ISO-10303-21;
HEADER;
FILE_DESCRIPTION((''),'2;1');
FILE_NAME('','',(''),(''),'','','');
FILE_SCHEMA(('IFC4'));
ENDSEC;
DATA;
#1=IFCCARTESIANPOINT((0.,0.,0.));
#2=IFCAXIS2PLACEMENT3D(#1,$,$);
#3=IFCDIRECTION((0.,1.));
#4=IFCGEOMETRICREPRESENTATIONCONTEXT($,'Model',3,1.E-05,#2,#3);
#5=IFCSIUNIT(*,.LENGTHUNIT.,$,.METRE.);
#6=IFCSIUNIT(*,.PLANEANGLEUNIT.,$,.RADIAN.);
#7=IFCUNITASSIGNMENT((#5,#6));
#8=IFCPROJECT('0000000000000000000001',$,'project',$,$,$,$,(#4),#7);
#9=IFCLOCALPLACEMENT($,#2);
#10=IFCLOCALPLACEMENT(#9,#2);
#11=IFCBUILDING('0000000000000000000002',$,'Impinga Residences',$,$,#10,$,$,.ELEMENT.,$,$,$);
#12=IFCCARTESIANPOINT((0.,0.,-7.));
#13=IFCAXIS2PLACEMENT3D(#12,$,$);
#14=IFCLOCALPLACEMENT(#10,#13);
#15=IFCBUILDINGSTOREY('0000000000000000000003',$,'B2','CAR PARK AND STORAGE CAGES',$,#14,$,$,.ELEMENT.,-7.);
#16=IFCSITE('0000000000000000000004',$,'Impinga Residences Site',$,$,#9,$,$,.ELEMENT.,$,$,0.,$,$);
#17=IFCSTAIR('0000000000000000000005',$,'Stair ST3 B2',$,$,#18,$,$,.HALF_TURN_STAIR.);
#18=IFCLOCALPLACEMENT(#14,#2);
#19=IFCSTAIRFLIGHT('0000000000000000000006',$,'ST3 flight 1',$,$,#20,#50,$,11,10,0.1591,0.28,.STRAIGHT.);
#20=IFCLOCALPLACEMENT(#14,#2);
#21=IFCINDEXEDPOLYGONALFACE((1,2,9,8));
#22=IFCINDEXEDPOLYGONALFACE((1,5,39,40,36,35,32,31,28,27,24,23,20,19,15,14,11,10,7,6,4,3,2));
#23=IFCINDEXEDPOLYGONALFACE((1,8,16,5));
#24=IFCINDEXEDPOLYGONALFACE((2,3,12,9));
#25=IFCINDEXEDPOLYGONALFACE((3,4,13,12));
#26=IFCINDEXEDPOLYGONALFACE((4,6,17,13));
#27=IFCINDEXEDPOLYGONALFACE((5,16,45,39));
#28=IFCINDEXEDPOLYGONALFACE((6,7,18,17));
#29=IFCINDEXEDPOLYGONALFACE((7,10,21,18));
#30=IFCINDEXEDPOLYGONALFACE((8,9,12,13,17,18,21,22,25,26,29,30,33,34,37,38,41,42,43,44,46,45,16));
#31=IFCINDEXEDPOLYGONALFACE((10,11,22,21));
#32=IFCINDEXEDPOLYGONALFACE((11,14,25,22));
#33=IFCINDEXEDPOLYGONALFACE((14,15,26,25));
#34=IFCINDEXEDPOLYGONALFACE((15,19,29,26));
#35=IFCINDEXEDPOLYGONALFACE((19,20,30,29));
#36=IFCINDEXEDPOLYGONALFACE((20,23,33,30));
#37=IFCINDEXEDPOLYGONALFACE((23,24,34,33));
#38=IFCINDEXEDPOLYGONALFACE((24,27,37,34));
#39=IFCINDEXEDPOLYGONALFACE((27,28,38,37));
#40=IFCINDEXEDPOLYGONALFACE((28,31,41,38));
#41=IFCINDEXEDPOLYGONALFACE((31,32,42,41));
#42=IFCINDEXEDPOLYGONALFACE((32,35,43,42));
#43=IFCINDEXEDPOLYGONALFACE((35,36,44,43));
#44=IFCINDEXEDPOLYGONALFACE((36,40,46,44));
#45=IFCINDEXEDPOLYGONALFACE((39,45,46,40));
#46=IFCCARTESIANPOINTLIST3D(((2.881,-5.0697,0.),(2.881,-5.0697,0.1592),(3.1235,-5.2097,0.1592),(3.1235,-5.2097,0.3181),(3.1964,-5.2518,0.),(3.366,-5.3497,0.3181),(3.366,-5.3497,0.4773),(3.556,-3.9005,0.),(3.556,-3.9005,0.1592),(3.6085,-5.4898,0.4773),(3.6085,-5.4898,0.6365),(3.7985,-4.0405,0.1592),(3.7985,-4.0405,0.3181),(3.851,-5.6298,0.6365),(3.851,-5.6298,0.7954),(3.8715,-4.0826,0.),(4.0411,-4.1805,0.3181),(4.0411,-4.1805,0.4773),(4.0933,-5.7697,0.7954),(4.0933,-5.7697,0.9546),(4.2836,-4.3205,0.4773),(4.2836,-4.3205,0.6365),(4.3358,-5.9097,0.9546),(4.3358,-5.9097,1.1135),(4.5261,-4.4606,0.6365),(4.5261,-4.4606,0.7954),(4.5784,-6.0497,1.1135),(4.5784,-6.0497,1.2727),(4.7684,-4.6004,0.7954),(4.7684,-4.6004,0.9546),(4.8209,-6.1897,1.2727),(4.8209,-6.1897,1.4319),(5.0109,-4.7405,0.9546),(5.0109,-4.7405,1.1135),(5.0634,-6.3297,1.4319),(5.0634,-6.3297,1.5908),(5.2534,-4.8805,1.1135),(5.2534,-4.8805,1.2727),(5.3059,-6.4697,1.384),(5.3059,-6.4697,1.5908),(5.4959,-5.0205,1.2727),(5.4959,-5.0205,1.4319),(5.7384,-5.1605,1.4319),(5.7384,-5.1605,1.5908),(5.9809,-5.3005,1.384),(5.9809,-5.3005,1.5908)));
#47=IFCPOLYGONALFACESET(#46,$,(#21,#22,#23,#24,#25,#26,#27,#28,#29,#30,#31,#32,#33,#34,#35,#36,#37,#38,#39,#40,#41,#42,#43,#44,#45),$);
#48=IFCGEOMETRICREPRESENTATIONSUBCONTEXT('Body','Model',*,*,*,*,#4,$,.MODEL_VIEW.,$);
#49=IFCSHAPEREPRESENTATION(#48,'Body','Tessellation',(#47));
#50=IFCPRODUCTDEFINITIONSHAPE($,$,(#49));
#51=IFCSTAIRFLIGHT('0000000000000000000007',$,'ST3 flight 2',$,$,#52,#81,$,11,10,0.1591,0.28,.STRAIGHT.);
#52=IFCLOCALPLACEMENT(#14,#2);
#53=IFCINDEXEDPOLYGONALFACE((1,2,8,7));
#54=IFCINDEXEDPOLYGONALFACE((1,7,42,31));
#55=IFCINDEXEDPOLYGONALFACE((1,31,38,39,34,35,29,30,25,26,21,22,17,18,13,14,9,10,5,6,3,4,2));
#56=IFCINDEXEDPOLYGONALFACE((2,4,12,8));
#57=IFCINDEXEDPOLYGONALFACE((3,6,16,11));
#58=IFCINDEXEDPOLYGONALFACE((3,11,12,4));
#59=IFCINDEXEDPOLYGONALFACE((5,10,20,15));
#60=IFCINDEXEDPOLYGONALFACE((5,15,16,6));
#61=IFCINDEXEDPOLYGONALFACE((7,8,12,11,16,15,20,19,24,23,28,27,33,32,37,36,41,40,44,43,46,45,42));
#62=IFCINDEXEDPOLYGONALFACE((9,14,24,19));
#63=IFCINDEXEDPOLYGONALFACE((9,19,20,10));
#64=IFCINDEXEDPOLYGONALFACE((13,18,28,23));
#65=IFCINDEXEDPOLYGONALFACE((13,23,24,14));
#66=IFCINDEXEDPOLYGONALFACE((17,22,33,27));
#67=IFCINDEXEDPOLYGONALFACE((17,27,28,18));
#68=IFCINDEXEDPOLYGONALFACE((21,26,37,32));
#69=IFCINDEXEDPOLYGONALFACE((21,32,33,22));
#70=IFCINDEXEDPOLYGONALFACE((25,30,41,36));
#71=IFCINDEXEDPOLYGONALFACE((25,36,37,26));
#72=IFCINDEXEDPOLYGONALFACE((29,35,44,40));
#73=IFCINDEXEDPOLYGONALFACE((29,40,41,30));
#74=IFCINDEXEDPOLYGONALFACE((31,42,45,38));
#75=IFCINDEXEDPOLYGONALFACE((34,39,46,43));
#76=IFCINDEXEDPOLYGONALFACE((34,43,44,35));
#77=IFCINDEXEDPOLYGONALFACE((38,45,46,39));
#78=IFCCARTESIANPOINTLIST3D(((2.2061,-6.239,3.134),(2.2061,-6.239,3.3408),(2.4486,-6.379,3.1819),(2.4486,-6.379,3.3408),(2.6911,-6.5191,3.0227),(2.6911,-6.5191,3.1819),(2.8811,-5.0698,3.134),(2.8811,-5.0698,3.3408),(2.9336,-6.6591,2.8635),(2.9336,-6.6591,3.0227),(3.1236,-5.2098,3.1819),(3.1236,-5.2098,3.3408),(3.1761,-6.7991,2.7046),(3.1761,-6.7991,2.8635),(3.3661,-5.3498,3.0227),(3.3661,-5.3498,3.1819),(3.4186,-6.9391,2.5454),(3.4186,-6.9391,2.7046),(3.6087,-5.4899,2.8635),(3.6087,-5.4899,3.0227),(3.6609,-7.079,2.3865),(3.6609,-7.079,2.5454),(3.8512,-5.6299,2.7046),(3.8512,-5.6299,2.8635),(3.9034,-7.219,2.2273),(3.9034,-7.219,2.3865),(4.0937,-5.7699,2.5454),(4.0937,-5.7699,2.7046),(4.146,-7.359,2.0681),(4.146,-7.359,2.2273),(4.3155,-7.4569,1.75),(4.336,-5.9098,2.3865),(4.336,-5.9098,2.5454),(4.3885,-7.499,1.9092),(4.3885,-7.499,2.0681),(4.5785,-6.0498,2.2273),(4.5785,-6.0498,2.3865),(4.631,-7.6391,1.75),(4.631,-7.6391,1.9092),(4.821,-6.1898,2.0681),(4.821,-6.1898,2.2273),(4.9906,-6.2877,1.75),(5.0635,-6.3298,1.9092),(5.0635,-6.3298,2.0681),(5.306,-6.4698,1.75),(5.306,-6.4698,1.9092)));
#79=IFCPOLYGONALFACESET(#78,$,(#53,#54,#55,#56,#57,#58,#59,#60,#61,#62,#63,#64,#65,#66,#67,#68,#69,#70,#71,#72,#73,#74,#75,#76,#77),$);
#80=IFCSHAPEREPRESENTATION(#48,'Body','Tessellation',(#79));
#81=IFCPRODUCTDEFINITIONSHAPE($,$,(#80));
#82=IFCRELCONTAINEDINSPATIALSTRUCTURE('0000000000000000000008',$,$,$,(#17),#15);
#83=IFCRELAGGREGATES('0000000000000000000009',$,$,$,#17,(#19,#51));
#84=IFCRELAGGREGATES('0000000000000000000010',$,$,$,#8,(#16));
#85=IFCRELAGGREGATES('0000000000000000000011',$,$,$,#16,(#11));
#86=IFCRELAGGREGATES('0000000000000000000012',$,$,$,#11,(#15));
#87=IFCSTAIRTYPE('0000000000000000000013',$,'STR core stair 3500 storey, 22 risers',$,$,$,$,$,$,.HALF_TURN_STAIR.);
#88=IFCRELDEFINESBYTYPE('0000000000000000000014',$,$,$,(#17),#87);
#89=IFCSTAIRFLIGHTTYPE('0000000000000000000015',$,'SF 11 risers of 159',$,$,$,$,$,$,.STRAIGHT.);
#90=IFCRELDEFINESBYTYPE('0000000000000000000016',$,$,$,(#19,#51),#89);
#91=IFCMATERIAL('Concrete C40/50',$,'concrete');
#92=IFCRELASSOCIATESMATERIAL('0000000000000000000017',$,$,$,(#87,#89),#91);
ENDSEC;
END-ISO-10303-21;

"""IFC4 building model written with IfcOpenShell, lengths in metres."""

from ifc_helpers import new_model, si_unit, direction, frame, origin, place, context, subcontext, project, spatial, polyline, outline, extrude, material, type_object, element, aggregate, save


model = new_model("IFC4")

# Units and contexts
model_context = context("Model", 3, precision=1e-05, world=origin(), true_north=direction((0.0, 1.0)))
body_context = subcontext(model_context, "Body", "Model", "MODEL_VIEW")
ifc_project = project(units=[si_unit("LENGTHUNIT", "METRE"), si_unit("PLANEANGLEUNIT", "RADIAN")], contexts=[model_context])

# Site, building, storey
site_placement = place(None, origin())
site = spatial("IfcSite", under=ifc_project, at=site_placement, Name="Impinga Residences Site", CompositionType="ELEMENT", RefElevation=0.0)
building_placement = place(site_placement, origin())
building = spatial("IfcBuilding", under=site, at=building_placement, Name="Impinga Residences", CompositionType="ELEMENT")
storey_placement = place(building_placement, frame((0.0, 0.0, -7.0)))
storey = spatial("IfcBuildingStorey", under=building, at=storey_placement, Name="B2", Description="CAR PARK AND STORAGE CAGES", CompositionType="ELEMENT", Elevation=-7.0)

# Stair, stair flights
ifc_material_1 = material(Name="Concrete C40/50", Category="concrete")
stair_type = type_object("IfcStairType", Name="STR core stair 3500 storey, 22 risers", PredefinedType="HALF_TURN_STAIR", material=ifc_material_1)
stair_placement = place(storey_placement, origin())
stair = element("IfcStair", 1, at=stair_placement, inside=storey, type_object=stair_type, Name="Stair ST3 B2", PredefinedType="HALF_TURN_STAIR")
stair_flight_type = type_object("IfcStairFlightType", Name="SF 11 risers of 159", PredefinedType="STRAIGHT", material=ifc_material_1)
stair_flight_1_placement = place(storey_placement, frame((3.2185, -4.4851, 0.0), z_axis=(0.0, 0.0, 1.0), x_axis=(0.866025, -0.5, 0.0)))
stair_flight_1 = element("IfcStairFlight", 2, at=stair_flight_1_placement, type_object=stair_flight_type, Name="ST3 flight 1", NumberOfRisers=11, NumberOfTreads=10, PredefinedType="STRAIGHT", RiserHeight=0.1591, TreadLength=0.28, context=body_context, shape_type="SweptSolid", body=[
    extrude(outline(polyline([(0.0, 0.0), (0.0, 0.1592), (0.28, 0.1592), (0.28, 0.3181), (0.5601, 0.3181), (0.5601, 0.4773), (0.8401, 0.4773), (0.8401, 0.6365), (1.1201, 0.6365), (1.1201, 0.7954), (1.3999, 0.7954), (1.3999, 0.9546), (1.6799, 0.9546), (1.6799, 1.1135), (1.96, 1.1135), (1.96, 1.2727), (2.24, 1.2727), (2.24, 1.4319), (2.52, 1.4319), (2.52, 1.5908), (2.8, 1.5908), (2.8, 1.75), (2.8, 1.384), (0.3643, 0.0), (0.0, 0.0)])), frame((0.0, 0.675, 0.0), z_axis=(0.0, -1.0, 0.0), x_axis=(1.0, 0.0, 0.0)), (0.0, 0.0, 1.0), 1.3501),
])
stair_flight_2_placement = place(storey_placement, frame((4.9685, -7.0544, 1.75), z_axis=(0.0, 0.0, 1.0), x_axis=(-0.866025, 0.5, 0.0)))
stair_flight_2 = element("IfcStairFlight", 3, at=stair_flight_2_placement, type_object=stair_flight_type, Name="ST3 flight 2", NumberOfRisers=11, NumberOfTreads=10, PredefinedType="STRAIGHT", RiserHeight=0.1591, TreadLength=0.28, context=body_context, shape_type="SweptSolid", body=[
    extrude(outline(polyline([(0.0, 0.0), (0.0, 0.1592), (0.28, 0.1592), (0.28, 0.3181), (0.5601, 0.3181), (0.5601, 0.4773), (0.8401, 0.4773), (0.8401, 0.6365), (1.1201, 0.6365), (1.1201, 0.7954), (1.3999, 0.7954), (1.3999, 0.9546), (1.6799, 0.9546), (1.6799, 1.1135), (1.96, 1.1135), (1.96, 1.2727), (2.24, 1.2727), (2.24, 1.4319), (2.52, 1.4319), (2.52, 1.5908), (2.8, 1.5908), (2.8, 1.75), (2.8, 1.384), (0.3643, 0.0), (0.0, 0.0)])), frame((0.0, 0.675, 0.0), z_axis=(0.0, -1.0, 0.0), x_axis=(1.0, 0.0, 0.0)), (0.0, 0.0, 1.0), 1.3501),
])
aggregate(stair, [stair_flight_1, stair_flight_2])

save(model, "model.ifc")
